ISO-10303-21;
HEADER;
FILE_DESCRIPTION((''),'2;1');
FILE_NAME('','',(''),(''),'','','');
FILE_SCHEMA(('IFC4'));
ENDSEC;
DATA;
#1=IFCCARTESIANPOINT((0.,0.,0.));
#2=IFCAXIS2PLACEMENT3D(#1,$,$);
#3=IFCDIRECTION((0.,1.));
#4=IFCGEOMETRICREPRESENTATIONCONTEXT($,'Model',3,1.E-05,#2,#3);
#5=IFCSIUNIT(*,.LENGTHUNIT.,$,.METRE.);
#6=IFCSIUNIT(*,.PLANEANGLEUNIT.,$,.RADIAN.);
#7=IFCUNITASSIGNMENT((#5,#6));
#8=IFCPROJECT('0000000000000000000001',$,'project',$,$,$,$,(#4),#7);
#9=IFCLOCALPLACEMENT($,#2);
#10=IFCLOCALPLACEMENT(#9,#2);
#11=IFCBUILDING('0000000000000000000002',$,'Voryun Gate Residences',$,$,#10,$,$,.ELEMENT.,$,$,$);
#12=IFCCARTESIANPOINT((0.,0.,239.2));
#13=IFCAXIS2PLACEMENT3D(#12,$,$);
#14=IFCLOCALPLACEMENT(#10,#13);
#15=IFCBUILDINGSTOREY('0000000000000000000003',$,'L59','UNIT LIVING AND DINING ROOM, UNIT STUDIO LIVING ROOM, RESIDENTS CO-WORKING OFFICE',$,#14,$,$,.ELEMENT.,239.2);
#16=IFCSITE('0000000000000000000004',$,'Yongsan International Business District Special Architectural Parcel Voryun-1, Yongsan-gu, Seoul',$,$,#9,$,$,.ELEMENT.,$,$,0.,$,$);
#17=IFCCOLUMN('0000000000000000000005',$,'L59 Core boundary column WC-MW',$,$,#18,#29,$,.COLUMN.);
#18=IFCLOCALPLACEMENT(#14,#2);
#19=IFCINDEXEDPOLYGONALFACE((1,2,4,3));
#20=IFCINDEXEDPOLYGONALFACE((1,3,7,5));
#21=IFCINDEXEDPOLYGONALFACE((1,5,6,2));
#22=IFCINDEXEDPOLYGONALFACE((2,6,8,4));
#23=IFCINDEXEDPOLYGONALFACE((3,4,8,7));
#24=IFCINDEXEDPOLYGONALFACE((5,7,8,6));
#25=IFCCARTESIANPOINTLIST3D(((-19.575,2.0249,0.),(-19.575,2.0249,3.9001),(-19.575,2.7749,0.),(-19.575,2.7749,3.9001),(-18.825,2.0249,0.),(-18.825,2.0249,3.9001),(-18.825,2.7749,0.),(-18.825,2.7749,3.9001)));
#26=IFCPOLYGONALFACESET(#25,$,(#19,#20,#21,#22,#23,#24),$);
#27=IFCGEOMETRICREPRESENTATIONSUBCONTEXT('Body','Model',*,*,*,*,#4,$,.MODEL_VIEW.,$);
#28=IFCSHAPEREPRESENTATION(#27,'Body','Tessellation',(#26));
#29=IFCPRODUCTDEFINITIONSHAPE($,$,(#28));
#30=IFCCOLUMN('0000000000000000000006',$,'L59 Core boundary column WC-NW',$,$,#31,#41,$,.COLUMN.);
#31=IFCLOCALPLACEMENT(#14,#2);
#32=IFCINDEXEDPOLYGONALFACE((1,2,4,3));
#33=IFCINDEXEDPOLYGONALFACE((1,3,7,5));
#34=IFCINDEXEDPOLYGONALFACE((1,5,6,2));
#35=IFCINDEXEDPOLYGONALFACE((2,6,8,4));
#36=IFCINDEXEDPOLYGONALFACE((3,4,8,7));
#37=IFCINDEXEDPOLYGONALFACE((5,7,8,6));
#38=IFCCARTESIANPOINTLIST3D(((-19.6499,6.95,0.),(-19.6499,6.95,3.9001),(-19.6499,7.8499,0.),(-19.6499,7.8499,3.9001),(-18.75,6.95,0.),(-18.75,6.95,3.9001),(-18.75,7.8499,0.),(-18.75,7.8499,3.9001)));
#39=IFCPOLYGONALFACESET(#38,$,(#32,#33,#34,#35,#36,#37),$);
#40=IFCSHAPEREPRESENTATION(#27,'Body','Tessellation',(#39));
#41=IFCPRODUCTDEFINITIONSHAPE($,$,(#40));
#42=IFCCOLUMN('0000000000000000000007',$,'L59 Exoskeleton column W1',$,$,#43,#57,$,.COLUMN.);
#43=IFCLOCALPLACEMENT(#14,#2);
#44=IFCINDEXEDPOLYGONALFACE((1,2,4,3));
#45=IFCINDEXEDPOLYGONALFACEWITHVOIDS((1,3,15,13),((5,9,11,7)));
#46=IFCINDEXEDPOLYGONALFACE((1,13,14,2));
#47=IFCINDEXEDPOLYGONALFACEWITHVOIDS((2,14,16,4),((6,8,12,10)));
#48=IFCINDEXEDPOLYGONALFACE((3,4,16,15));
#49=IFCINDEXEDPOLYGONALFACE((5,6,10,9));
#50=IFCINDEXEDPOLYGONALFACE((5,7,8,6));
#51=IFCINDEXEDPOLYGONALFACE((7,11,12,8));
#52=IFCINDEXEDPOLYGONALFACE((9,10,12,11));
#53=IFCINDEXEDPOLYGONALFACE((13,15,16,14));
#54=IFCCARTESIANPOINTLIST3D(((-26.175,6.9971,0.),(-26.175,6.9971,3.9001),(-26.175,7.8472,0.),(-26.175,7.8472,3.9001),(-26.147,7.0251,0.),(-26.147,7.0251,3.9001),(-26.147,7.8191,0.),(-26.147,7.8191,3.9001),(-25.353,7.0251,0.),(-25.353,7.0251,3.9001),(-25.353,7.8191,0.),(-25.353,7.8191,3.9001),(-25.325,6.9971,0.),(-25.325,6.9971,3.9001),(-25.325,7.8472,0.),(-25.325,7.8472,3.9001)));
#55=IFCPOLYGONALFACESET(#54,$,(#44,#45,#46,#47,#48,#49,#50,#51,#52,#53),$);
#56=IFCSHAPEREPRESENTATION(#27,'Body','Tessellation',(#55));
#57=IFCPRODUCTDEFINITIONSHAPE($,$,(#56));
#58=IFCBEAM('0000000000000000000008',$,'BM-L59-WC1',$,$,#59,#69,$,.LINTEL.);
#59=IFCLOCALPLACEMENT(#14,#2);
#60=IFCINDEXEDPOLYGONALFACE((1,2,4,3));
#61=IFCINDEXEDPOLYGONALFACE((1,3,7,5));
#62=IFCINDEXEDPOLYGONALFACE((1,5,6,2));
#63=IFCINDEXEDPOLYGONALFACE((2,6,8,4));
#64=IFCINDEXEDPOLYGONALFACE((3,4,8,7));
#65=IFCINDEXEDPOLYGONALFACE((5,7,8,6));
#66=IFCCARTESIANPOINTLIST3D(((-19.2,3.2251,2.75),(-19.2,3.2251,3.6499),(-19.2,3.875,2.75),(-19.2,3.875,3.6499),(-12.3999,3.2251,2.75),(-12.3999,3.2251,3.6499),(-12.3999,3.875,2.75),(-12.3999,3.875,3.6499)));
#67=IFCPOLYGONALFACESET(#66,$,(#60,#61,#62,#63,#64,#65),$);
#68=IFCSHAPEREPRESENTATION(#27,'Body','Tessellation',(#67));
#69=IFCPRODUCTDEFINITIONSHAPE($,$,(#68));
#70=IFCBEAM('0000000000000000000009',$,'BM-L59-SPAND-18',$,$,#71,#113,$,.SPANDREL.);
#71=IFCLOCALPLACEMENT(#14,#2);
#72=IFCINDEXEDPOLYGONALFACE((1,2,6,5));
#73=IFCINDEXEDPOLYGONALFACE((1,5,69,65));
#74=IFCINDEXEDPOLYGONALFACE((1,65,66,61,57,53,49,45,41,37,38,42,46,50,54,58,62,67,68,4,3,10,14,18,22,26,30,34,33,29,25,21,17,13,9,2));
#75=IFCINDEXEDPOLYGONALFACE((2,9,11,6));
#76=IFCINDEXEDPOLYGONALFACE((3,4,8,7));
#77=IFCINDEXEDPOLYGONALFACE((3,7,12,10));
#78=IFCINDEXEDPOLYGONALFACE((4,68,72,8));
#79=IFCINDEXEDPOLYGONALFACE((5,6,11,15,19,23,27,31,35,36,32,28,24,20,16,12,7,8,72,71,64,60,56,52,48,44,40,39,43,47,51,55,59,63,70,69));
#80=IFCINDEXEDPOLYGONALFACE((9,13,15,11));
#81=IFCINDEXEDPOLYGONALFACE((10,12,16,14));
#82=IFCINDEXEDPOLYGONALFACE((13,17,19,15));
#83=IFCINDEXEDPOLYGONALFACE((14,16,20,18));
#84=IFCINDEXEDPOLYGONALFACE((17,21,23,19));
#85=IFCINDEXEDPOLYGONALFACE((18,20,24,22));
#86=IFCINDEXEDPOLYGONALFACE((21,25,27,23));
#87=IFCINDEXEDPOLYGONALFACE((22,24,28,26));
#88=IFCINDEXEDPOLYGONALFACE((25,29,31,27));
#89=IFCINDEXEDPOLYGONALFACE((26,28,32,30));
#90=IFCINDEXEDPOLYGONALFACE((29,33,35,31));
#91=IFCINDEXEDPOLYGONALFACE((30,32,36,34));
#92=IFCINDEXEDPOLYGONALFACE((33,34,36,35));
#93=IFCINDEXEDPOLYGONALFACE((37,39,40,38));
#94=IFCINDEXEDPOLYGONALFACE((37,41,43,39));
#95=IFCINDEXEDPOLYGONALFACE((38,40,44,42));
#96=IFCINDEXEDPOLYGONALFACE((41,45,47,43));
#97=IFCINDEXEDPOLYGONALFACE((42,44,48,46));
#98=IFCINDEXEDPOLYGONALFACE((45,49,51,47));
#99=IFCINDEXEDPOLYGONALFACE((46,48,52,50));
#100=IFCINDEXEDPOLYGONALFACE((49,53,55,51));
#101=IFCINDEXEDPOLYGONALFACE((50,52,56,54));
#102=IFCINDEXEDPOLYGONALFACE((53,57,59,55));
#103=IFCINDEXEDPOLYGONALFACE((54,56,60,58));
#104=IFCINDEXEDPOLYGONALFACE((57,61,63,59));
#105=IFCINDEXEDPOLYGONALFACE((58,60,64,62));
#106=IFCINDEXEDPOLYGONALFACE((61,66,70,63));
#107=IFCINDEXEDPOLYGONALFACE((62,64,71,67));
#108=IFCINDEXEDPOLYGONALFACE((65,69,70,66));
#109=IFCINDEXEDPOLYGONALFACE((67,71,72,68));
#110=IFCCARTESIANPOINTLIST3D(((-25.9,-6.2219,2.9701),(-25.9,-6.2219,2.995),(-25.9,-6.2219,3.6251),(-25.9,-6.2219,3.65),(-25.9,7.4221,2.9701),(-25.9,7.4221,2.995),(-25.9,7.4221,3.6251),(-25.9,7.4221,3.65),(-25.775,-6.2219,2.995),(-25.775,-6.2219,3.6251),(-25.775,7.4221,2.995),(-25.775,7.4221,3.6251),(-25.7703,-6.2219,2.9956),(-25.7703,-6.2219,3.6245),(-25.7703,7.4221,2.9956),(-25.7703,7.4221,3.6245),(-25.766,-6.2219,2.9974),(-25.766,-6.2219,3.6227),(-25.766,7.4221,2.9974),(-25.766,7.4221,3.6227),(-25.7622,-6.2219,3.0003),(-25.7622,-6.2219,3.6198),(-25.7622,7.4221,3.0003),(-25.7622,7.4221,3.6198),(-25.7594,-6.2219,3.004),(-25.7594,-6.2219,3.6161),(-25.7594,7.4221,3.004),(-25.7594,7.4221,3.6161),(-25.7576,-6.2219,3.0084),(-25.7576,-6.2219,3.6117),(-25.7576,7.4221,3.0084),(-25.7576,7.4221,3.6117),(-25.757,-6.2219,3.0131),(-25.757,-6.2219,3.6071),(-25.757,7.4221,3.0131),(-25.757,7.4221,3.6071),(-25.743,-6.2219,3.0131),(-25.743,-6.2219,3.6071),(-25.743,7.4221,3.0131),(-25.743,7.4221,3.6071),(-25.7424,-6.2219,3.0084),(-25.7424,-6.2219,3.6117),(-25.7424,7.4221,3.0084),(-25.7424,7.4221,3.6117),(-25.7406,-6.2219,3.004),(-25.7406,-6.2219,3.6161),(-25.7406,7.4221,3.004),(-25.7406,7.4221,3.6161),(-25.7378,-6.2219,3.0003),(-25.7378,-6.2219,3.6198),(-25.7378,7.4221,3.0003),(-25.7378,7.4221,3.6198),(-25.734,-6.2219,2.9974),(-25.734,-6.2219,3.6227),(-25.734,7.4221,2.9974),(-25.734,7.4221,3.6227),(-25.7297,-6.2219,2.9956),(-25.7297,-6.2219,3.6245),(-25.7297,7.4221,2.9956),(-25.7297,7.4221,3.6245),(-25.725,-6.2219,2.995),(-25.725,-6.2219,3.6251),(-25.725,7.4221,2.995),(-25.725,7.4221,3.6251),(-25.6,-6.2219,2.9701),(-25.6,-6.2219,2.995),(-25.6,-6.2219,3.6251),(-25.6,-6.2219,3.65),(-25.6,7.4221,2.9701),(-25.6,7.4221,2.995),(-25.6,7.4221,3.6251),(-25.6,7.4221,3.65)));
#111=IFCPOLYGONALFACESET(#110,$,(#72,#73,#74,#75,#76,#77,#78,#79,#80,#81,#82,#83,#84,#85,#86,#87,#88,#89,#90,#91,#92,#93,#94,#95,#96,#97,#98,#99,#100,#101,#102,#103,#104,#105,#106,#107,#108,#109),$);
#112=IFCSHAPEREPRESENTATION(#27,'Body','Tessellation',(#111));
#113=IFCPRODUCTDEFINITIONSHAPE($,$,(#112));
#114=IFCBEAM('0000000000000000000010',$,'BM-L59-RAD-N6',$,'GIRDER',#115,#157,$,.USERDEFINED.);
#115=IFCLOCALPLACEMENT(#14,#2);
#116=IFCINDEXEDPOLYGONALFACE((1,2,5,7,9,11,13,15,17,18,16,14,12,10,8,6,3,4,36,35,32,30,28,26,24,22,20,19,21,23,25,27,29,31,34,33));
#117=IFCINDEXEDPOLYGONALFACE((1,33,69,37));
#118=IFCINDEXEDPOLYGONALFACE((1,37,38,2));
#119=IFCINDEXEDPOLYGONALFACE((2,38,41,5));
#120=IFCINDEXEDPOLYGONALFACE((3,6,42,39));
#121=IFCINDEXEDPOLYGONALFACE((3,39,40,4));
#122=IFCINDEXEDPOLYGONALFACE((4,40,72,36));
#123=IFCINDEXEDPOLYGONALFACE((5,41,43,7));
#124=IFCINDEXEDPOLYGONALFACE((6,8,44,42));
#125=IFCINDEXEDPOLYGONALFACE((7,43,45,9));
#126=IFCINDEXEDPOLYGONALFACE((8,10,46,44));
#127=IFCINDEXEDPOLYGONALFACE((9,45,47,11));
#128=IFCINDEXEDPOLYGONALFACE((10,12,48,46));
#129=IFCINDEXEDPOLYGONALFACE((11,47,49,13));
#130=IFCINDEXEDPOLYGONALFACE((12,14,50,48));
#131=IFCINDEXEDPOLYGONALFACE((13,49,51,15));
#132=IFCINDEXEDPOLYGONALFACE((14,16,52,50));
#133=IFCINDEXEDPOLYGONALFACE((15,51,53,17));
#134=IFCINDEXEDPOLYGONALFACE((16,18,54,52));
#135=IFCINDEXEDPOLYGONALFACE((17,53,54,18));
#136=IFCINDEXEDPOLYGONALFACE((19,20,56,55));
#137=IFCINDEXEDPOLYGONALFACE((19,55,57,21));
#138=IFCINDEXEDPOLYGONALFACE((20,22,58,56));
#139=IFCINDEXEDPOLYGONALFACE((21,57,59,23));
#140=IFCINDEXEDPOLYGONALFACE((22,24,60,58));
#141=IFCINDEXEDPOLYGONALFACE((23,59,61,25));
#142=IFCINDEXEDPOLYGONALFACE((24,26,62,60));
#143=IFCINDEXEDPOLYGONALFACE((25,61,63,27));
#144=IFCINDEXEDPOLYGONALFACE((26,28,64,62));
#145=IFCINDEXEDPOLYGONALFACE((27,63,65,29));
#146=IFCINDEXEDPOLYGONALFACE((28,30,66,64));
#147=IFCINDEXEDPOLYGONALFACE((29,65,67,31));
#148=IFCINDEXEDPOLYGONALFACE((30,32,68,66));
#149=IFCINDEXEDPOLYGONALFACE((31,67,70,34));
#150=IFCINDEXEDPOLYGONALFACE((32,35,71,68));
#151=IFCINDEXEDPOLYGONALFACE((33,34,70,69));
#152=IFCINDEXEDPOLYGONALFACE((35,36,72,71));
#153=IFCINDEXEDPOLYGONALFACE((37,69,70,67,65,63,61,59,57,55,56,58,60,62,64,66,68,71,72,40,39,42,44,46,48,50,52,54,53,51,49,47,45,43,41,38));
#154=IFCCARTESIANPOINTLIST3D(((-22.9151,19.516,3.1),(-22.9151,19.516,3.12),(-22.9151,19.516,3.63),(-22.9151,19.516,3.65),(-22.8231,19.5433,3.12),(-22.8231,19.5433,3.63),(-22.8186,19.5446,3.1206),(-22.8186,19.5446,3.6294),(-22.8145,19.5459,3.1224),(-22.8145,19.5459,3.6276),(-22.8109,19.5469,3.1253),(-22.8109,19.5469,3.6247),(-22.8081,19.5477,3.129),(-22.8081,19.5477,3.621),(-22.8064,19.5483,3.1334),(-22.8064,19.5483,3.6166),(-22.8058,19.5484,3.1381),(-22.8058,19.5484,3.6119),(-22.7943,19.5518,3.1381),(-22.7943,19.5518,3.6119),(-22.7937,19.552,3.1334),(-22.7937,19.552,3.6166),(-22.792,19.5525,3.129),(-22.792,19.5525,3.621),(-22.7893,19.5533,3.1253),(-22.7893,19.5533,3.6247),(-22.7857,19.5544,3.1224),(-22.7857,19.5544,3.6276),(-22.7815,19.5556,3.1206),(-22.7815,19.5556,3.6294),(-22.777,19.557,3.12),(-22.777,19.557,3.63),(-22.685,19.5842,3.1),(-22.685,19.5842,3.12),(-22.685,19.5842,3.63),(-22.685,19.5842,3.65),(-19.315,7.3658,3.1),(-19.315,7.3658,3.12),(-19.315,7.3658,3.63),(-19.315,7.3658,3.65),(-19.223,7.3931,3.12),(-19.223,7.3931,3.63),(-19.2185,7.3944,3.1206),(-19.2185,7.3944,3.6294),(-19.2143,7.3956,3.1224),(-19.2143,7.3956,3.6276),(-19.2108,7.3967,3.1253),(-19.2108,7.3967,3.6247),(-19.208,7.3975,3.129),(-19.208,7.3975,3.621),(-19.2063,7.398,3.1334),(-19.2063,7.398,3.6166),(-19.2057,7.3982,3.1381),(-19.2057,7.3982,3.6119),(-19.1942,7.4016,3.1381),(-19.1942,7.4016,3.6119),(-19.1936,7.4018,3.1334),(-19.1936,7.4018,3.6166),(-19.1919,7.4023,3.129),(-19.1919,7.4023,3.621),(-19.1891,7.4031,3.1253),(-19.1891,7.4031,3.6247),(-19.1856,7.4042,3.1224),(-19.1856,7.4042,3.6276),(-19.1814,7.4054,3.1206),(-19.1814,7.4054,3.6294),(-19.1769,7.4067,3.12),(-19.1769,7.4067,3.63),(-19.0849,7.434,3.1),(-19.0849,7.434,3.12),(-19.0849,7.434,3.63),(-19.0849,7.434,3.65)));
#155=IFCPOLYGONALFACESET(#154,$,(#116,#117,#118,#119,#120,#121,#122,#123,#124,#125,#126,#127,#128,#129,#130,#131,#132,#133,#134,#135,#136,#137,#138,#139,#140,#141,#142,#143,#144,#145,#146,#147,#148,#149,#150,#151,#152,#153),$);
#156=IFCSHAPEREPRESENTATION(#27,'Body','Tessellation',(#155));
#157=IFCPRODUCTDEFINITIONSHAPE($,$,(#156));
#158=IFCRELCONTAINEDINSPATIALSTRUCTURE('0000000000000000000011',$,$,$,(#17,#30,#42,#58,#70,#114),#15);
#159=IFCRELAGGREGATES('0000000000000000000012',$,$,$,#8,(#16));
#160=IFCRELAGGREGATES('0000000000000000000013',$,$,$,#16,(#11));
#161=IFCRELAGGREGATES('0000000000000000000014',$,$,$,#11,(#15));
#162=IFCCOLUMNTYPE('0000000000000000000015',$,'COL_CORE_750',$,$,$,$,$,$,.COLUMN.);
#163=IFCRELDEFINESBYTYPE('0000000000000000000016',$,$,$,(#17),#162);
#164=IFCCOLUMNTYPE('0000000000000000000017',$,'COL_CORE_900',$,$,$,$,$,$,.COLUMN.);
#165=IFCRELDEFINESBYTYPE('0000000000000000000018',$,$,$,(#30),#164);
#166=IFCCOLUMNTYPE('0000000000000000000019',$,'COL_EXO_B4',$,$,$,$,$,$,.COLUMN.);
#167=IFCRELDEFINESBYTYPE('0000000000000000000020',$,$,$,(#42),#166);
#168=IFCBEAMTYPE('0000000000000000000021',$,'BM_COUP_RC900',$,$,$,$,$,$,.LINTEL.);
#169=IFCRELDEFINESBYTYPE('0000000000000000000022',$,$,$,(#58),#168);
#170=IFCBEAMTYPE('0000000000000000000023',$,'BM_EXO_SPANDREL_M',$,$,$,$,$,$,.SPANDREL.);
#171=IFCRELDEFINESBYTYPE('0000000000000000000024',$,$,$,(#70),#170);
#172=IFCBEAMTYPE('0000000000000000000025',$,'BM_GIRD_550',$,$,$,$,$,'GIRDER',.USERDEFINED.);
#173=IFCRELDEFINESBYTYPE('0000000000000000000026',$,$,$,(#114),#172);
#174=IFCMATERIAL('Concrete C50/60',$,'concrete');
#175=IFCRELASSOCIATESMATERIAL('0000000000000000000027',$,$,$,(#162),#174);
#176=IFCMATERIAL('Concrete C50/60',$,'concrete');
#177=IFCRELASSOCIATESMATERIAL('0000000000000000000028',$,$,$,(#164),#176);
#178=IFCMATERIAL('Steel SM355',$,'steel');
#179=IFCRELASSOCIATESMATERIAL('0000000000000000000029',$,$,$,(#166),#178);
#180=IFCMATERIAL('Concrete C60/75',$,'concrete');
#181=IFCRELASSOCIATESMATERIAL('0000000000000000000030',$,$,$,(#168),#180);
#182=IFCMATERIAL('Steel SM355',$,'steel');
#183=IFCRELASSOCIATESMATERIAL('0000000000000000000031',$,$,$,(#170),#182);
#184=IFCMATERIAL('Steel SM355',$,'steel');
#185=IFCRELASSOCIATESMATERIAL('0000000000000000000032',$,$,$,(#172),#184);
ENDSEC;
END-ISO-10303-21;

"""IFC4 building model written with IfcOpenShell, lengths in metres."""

from ifc_helpers import new_model, si_unit, direction, frame, origin, origin_2d, place, context, subcontext, project, spatial, rectangle, hollow_rectangle, i_section, extrude, material, material_profile, profile_set, type_object, element, save


model = new_model("IFC4")

# Units and contexts
model_context = context("Model", 3, precision=1e-05, world=origin(), true_north=direction((0.0, 1.0)))
body_context = subcontext(model_context, "Body", "Model", "MODEL_VIEW")
ifc_project = project(units=[si_unit("LENGTHUNIT", "METRE"), si_unit("PLANEANGLEUNIT", "RADIAN")], contexts=[model_context])

# Site, building, storey
site_placement = place(None, origin())
site = spatial("IfcSite", under=ifc_project, at=site_placement, Name="Yongsan International Business District Special Architectural Parcel Voryun-1, Yongsan-gu, Seoul", CompositionType="ELEMENT", RefElevation=0.0)
building_placement = place(site_placement, origin())
building = spatial("IfcBuilding", under=site, at=building_placement, Name="Voryun Gate Residences", CompositionType="ELEMENT")
storey_placement = place(building_placement, frame((0.0, 0.0, 239.2)))
storey = spatial("IfcBuildingStorey", under=building, at=storey_placement, Name="L59", Description="UNIT LIVING AND DINING ROOM, UNIT STUDIO LIVING ROOM, RESIDENTS CO-WORKING OFFICE", CompositionType="ELEMENT", Elevation=239.2)

# Columns
ifc_material_1 = material(Name="Concrete C50/60", Category="concrete")
ifc_material_profile_1 = material_profile(ifc_material_1, rectangle(XDim=0.75, YDim=0.75, at=origin_2d()), Name="RC-750x750")
ifc_profile_set_1 = profile_set([ifc_material_profile_1], Name="Concrete C50/60")
column_type_1 = type_object("IfcColumnType", Name="COL_CORE_750", PredefinedType="COLUMN", material=ifc_profile_set_1)
column_1_placement = place(storey_placement, frame((-19.2, 2.3999, 0.0), z_axis=(0.0, 0.0, 1.0), x_axis=(1.0, 0.0, 0.0)))
element("IfcColumn", 1, at=column_1_placement, inside=storey, type_object=column_type_1, Name="L59 Core boundary column WC-MW", PredefinedType="COLUMN", context=body_context, shape_type="SweptSolid", body=[
    extrude(rectangle(XDim=0.75, YDim=0.75, at=origin_2d()), origin(), (0.0, 0.0, 1.0), 3.9001),
])
ifc_material_2 = material(Name="Concrete C50/60", Category="concrete")
ifc_material_profile_2 = material_profile(ifc_material_2, rectangle(XDim=0.8999, YDim=0.8999, at=origin_2d()), Name="RC-900x900")
ifc_profile_set_2 = profile_set([ifc_material_profile_2], Name="Concrete C50/60")
column_type_2 = type_object("IfcColumnType", Name="COL_CORE_900", PredefinedType="COLUMN", material=ifc_profile_set_2)
column_2_placement = place(storey_placement, frame((-19.2, 7.3999, 0.0), z_axis=(0.0, 0.0, 1.0), x_axis=(1.0, 0.0, 0.0)))
element("IfcColumn", 2, at=column_2_placement, inside=storey, type_object=column_type_2, Name="L59 Core boundary column WC-NW", PredefinedType="COLUMN", context=body_context, shape_type="SweptSolid", body=[
    extrude(rectangle(XDim=0.8999, YDim=0.8999, at=origin_2d()), origin(), (0.0, 0.0, 1.0), 3.9001),
])
ifc_material_3 = material(Name="Steel SM355", Category="steel")
ifc_material_profile_3 = material_profile(ifc_material_3, hollow_rectangle(XDim=0.8501, YDim=0.8501, WallThickness=0.0281, at=origin_2d()), Name="BOX-850x850x28")
ifc_profile_set_3 = profile_set([ifc_material_profile_3], Name="Steel SM355")
column_type_3 = type_object("IfcColumnType", Name="COL_EXO_B4", PredefinedType="COLUMN", material=ifc_profile_set_3)
column_3_placement = place(storey_placement, frame((-25.75, 7.4221, 0.0), z_axis=(0.0, 0.0, 1.0), x_axis=(1.0, 0.0, 0.0)))
element("IfcColumn", 3, at=column_3_placement, inside=storey, type_object=column_type_3, Name="L59 Exoskeleton column W1", PredefinedType="COLUMN", context=body_context, shape_type="SweptSolid", body=[
    extrude(hollow_rectangle(XDim=0.8501, YDim=0.8501, WallThickness=0.0281, at=origin_2d()), origin(), (0.0, 0.0, 1.0), 3.9001),
])

# Beams
ifc_material_4 = material(Name="Concrete C60/75", Category="concrete")
ifc_material_profile_4 = material_profile(ifc_material_4, rectangle(XDim=0.6499, YDim=0.8999, at=origin_2d()), Name="RC-650x900")
ifc_profile_set_4 = profile_set([ifc_material_profile_4], Name="Concrete C60/75")
beam_type_1 = type_object("IfcBeamType", Name="BM_COUP_RC900", PredefinedType="LINTEL", material=ifc_profile_set_4)
beam_1_placement = place(storey_placement, frame((-19.2, 3.55, 3.2), z_axis=(1.0, 0.0, 0.0), x_axis=(0.0, 1.0, 0.0)))
element("IfcBeam", 4, at=beam_1_placement, inside=storey, type_object=beam_type_1, Name="BM-L59-WC1", PredefinedType="LINTEL", context=body_context, shape_type="SweptSolid", body=[
    extrude(rectangle(XDim=0.6499, YDim=0.8999, at=origin_2d()), origin(), (0.0, 0.0, 1.0), 6.8),
])
ifc_material_5 = material(Name="Steel SM355", Category="steel")
ifc_material_profile_5 = material_profile(ifc_material_5, i_section(OverallWidth=0.3, OverallDepth=0.6799, WebThickness=0.0139, FlangeThickness=0.0249, FilletRadius=0.0181, at=origin_2d()), Name="H-680x300x14x25")
ifc_profile_set_5 = profile_set([ifc_material_profile_5], Name="Steel SM355")
beam_type_2 = type_object("IfcBeamType", Name="BM_EXO_SPANDREL_M", PredefinedType="SPANDREL", material=ifc_profile_set_5)
beam_2_placement = place(storey_placement, frame((-25.75, 7.4221, 3.3101), z_axis=(0.0, -1.0, 0.0), x_axis=(1.0, 0.0, 0.0)))
element("IfcBeam", 5, at=beam_2_placement, inside=storey, type_object=beam_type_2, Name="BM-L59-SPAND-18", PredefinedType="SPANDREL", context=body_context, shape_type="SweptSolid", body=[
    extrude(i_section(OverallWidth=0.3, OverallDepth=0.6799, WebThickness=0.0139, FlangeThickness=0.0249, FilletRadius=0.0181, at=origin_2d()), origin(), (0.0, 0.0, 1.0), 13.644),
])
ifc_material_6 = material(Name="Steel SM355", Category="steel")
ifc_material_profile_6 = material_profile(ifc_material_6, i_section(OverallWidth=0.24, OverallDepth=0.55, WebThickness=0.012, FlangeThickness=0.02, FilletRadius=0.0181, at=origin_2d()), Name="H-550x240x12x20")
ifc_profile_set_6 = profile_set([ifc_material_profile_6], Name="Steel SM355")
beam_type_3 = type_object("IfcBeamType", Name="BM_GIRD_550", ElementType="GIRDER", PredefinedType="USERDEFINED", material=ifc_profile_set_6)
beam_3_placement = place(storey_placement, frame((-19.2, 7.3999, 3.375), z_axis=(-0.284092, 0.958797, 0.0), x_axis=(-0.958797, -0.284092, 0.0)))
element("IfcBeam", 6, at=beam_3_placement, inside=storey, type_object=beam_type_3, Name="BM-L59-RAD-N6", ObjectType="GIRDER", PredefinedType="USERDEFINED", context=body_context, shape_type="SweptSolid", body=[
    extrude(i_section(OverallWidth=0.24, OverallDepth=0.55, WebThickness=0.012, FlangeThickness=0.02, FilletRadius=0.0181, at=origin_2d()), origin(), (0.0, 0.0, 1.0), 12.6724),
])

save(model, "model.ifc")
